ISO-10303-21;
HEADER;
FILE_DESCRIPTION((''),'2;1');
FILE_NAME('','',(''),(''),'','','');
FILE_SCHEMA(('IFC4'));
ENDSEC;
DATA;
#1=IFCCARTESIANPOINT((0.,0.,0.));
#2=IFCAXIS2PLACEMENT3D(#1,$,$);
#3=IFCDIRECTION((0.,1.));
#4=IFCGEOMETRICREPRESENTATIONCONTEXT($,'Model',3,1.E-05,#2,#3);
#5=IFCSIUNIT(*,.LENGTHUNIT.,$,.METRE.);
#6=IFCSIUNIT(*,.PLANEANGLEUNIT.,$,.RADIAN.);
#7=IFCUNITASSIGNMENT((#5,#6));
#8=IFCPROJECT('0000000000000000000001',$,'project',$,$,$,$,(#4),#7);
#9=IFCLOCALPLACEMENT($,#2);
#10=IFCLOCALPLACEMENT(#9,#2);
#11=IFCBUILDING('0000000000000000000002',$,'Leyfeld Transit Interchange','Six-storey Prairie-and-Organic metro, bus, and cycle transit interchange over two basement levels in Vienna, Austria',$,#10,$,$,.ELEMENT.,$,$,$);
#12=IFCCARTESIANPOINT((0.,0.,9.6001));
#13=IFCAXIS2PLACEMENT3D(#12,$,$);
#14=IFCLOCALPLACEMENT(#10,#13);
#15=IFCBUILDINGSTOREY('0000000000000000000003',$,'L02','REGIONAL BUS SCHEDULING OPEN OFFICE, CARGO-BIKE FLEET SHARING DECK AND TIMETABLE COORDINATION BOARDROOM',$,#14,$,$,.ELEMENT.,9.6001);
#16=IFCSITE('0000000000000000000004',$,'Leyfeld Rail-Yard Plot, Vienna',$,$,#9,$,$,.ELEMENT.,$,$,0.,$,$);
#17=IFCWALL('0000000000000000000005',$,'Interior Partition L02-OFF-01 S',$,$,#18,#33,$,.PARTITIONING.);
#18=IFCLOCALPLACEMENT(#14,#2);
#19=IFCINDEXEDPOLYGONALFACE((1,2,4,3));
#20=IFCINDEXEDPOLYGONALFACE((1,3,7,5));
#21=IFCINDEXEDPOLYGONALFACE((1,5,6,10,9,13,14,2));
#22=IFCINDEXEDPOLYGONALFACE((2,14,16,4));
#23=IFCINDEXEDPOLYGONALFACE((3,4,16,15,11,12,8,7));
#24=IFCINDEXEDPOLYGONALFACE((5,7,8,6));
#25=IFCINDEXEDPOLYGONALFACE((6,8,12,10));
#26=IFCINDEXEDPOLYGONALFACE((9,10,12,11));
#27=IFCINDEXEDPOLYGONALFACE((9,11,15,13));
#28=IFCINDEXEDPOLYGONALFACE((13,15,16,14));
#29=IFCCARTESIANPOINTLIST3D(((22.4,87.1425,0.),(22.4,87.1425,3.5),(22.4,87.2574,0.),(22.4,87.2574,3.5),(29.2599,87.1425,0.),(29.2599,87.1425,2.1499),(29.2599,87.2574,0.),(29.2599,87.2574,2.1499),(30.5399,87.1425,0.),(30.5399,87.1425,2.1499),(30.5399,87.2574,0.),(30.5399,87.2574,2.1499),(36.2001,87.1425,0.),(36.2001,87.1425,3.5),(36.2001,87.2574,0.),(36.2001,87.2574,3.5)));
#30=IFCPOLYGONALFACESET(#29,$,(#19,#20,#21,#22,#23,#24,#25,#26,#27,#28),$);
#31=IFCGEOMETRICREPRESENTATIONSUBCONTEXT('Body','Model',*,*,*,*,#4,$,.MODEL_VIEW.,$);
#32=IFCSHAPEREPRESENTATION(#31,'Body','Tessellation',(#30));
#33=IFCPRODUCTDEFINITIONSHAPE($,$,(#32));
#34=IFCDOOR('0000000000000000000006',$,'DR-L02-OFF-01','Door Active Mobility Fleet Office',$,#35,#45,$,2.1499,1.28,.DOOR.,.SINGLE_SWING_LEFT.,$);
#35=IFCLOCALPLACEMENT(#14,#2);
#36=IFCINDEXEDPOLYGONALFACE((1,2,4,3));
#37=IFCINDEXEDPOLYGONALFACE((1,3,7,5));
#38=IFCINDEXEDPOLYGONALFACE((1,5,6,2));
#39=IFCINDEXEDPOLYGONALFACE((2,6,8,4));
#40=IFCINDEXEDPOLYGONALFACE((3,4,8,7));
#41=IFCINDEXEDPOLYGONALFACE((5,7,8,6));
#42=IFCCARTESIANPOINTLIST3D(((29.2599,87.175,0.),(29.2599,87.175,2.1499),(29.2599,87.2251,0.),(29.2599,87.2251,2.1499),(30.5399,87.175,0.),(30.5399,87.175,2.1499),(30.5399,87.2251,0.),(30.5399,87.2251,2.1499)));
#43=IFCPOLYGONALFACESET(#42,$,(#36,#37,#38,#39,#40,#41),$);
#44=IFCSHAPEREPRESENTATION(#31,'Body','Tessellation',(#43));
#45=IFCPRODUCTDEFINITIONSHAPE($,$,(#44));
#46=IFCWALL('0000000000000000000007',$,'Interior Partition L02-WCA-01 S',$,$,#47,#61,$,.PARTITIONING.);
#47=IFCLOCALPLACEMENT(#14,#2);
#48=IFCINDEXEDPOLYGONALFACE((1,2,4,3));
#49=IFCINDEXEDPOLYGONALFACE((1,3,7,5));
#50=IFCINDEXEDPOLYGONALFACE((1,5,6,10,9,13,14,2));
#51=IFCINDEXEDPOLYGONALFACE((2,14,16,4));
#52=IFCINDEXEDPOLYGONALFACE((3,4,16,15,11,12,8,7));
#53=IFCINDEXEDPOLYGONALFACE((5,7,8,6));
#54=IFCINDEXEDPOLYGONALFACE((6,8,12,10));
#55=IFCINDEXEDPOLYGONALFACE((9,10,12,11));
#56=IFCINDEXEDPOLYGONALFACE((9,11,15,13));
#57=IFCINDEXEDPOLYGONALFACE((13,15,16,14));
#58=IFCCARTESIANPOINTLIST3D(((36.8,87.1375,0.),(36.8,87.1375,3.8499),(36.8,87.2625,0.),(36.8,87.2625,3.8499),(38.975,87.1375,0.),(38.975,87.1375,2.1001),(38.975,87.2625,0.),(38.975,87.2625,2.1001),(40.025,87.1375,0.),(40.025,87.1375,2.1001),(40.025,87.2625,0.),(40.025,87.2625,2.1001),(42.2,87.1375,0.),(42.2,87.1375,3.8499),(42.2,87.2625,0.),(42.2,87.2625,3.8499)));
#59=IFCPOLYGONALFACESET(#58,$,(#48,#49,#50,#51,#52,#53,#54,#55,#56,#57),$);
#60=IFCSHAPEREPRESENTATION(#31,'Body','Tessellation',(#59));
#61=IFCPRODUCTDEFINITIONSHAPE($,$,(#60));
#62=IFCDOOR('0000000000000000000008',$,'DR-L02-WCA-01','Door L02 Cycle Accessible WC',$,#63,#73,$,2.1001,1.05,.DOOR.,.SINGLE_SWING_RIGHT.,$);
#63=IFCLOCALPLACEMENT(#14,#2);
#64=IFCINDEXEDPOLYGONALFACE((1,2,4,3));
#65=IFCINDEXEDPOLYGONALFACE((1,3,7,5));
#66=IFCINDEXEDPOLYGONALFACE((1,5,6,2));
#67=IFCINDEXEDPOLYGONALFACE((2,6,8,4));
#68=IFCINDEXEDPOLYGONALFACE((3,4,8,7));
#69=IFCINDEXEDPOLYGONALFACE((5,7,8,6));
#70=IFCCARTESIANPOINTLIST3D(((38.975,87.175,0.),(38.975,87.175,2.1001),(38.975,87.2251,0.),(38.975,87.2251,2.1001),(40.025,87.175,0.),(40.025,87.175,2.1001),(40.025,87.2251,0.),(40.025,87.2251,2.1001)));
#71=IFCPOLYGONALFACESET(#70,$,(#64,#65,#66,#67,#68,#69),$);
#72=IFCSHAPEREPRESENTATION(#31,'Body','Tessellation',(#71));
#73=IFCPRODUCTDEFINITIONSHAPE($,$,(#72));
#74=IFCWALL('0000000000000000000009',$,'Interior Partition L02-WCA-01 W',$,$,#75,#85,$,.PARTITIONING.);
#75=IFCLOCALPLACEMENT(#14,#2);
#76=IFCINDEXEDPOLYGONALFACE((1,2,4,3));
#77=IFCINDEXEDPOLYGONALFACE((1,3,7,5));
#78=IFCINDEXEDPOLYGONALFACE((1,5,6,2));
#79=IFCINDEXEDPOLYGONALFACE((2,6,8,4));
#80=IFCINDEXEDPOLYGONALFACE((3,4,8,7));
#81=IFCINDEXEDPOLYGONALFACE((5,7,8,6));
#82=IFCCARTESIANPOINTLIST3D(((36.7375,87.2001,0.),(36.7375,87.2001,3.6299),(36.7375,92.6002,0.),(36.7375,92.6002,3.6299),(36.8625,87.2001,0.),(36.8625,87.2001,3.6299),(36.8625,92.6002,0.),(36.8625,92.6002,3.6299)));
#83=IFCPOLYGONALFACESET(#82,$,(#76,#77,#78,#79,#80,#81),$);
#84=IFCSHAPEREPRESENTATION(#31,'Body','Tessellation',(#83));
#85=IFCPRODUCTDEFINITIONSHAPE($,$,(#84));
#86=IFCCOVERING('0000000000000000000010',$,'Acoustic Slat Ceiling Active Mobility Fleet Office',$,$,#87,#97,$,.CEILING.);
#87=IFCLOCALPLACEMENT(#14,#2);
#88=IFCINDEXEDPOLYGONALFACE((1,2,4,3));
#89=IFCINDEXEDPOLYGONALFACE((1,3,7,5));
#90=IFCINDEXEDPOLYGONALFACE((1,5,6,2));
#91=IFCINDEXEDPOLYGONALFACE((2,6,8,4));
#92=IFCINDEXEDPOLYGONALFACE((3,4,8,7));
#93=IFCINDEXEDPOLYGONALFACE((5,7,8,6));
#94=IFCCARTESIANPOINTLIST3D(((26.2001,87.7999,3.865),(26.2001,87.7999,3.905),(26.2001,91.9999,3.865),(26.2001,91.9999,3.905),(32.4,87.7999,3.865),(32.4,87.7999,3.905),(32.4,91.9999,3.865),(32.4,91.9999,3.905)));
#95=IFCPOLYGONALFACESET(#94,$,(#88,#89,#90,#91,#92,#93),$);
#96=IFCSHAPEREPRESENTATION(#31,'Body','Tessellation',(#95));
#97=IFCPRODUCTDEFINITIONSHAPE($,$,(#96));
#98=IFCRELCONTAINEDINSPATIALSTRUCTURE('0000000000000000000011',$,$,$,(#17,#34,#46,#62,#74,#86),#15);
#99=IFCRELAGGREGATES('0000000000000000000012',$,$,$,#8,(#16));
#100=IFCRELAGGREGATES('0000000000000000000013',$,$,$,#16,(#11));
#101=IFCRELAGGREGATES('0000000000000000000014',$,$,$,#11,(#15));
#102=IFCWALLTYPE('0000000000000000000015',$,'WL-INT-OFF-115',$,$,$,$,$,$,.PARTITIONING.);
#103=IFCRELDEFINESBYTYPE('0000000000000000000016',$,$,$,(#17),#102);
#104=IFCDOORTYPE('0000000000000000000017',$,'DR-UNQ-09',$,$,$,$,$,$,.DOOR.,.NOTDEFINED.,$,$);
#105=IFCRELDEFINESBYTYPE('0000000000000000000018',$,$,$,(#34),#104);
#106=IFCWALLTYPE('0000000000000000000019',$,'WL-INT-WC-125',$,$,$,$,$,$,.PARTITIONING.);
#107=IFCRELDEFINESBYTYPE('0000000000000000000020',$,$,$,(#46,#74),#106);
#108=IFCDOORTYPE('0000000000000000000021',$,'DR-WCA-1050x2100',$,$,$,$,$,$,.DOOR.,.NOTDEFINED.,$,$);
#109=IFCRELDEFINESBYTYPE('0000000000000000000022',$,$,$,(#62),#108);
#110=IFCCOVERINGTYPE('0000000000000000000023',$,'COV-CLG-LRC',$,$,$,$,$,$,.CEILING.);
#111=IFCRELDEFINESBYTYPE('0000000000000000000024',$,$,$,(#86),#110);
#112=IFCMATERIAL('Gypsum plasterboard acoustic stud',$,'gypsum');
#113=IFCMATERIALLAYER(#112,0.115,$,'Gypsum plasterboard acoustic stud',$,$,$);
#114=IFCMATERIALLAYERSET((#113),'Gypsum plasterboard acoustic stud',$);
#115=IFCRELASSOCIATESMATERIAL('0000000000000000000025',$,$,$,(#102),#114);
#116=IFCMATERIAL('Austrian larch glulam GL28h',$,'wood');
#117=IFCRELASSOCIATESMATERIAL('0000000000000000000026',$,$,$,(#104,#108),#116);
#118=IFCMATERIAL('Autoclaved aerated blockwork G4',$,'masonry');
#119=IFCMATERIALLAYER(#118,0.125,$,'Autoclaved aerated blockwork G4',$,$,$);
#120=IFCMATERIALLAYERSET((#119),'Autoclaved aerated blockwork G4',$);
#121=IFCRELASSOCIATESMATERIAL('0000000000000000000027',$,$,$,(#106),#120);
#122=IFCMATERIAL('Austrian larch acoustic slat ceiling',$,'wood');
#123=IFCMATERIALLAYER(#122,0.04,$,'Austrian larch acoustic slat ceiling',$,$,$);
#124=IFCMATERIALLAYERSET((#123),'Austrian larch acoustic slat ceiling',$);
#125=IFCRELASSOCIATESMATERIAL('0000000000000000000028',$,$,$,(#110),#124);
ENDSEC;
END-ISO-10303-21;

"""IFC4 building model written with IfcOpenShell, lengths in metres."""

from ifc_helpers import new_model, si_unit, direction, frame, frame_2d, origin, origin_2d, place, context, subcontext, project, spatial, rectangle, extrude, material, layer, layer_set, type_object, element, fill, save


model = new_model("IFC4")

# Units and contexts
model_context = context("Model", 3, precision=1e-05, world=origin(), true_north=direction((0.0, 1.0)))
body_context = subcontext(model_context, "Body", "Model", "MODEL_VIEW")
ifc_project = project(units=[si_unit("LENGTHUNIT", "METRE"), si_unit("PLANEANGLEUNIT", "RADIAN")], contexts=[model_context])

# Site, building, storey
site_placement = place(None, origin())
site = spatial("IfcSite", under=ifc_project, at=site_placement, Name="Leyfeld Rail-Yard Plot, Vienna", CompositionType="ELEMENT", RefElevation=0.0)
building_placement = place(site_placement, origin())
building = spatial("IfcBuilding", under=site, at=building_placement, Name="Leyfeld Transit Interchange", Description="Six-storey Prairie-and-Organic metro, bus, and cycle transit interchange over two basement levels in Vienna, Austria", CompositionType="ELEMENT")
storey_placement = place(building_placement, frame((0.0, 0.0, 9.6001)))
storey = spatial("IfcBuildingStorey", under=building, at=storey_placement, Name="L02", Description="REGIONAL BUS SCHEDULING OPEN OFFICE, CARGO-BIKE FLEET SHARING DECK AND TIMETABLE COORDINATION BOARDROOM", CompositionType="ELEMENT", Elevation=9.6001)

# Shared definitions
ifc_material_1 = material(Name="Austrian larch glulam GL28h", Category="wood")

# Walls, openings, doors
ifc_material_2 = material(Name="Gypsum plasterboard acoustic stud", Category="gypsum")
ifc_layer_1 = layer(ifc_material_2, 0.115, Name="Gypsum plasterboard acoustic stud")
ifc_layer_set_1 = layer_set([ifc_layer_1], Name="Gypsum plasterboard acoustic stud")
wall_type_1 = type_object("IfcWallType", Name="WL-INT-OFF-115", PredefinedType="PARTITIONING", material=ifc_layer_set_1)
wall_1_placement = place(storey_placement, frame((36.2, 87.2, 0.0), z_axis=(0.0, 0.0, 1.0), x_axis=(-1.0, 0.0, 0.0)))
wall_1 = element("IfcWall", 1, at=wall_1_placement, inside=storey, type_object=wall_type_1, Name="Interior Partition L02-OFF-01 S", PredefinedType="PARTITIONING", context=body_context, shape_type="SweptSolid", body=[
    extrude(rectangle(XDim=13.8, YDim=0.115, at=frame_2d((6.8999, 0.0))), origin(), (0.0, 0.0, 1.0), 3.5),
])
opening_1_placement = place(wall_1_placement, frame((5.6599, 0.0, 0.0)))
opening_1 = element("IfcOpeningElement", 2, at=opening_1_placement, cuts=wall_1, PredefinedType="OPENING", context=body_context, shape_type="SweptSolid", body=[
    extrude(rectangle(XDim=1.28, YDim=2.1499, at=frame_2d((0.6401, 1.075))), frame((0.0, 0.0674, 0.0), z_axis=(0.0, -1.0, 0.0), x_axis=(1.0, 0.0, 0.0)), (0.0, 0.0, 1.0), 0.135),
])
door_type_1 = type_object("IfcDoorType", Name="DR-UNQ-09", OperationType="NOTDEFINED", PredefinedType="DOOR", material=ifc_material_1)
door_1_placement = place(opening_1_placement, origin())
door_1 = element("IfcDoor", 3, at=door_1_placement, inside=storey, type_object=door_type_1, Name="DR-L02-OFF-01", Description="Door Active Mobility Fleet Office", OperationType="SINGLE_SWING_LEFT", OverallHeight=2.1499, OverallWidth=1.28, PredefinedType="DOOR", context=body_context, shape_type="SweptSolid", body=[
    extrude(rectangle(XDim=1.28, YDim=2.1499, at=frame_2d((0.6401, 1.075))), frame((0.0, 0.0249, 0.0), z_axis=(0.0, -1.0, 0.0), x_axis=(1.0, 0.0, 0.0)), (0.0, 0.0, 1.0), 0.05),
])
fill(opening_1, door_1)
ifc_material_3 = material(Name="Autoclaved aerated blockwork G4", Category="masonry")
ifc_layer_2 = layer(ifc_material_3, 0.125, Name="Autoclaved aerated blockwork G4")
ifc_layer_set_2 = layer_set([ifc_layer_2], Name="Autoclaved aerated blockwork G4")
wall_type_2 = type_object("IfcWallType", Name="WL-INT-WC-125", PredefinedType="PARTITIONING", material=ifc_layer_set_2)
wall_2_placement = place(storey_placement, frame((42.2, 87.2, 0.0), z_axis=(0.0, 0.0, 1.0), x_axis=(-1.0, 0.0, 0.0)))
wall_2 = element("IfcWall", 4, at=wall_2_placement, inside=storey, type_object=wall_type_2, Name="Interior Partition L02-WCA-01 S", PredefinedType="PARTITIONING", context=body_context, shape_type="SweptSolid", body=[
    extrude(rectangle(XDim=5.3999, YDim=0.125, at=frame_2d((2.7, 0.0))), origin(), (0.0, 0.0, 1.0), 3.8499),
])
opening_2_placement = place(wall_2_placement, frame((2.175, 0.0, 0.0)))
opening_2 = element("IfcOpeningElement", 5, at=opening_2_placement, cuts=wall_2, PredefinedType="OPENING", context=body_context, shape_type="SweptSolid", body=[
    extrude(rectangle(XDim=1.05, YDim=2.1001, at=frame_2d((0.5249, 1.05))), frame((0.0, 0.0725, 0.0), z_axis=(0.0, -1.0, 0.0), x_axis=(1.0, 0.0, 0.0)), (0.0, 0.0, 1.0), 0.145),
])
door_type_2 = type_object("IfcDoorType", Name="DR-WCA-1050x2100", OperationType="NOTDEFINED", PredefinedType="DOOR", material=ifc_material_1)
door_2_placement = place(opening_2_placement, origin())
door_2 = element("IfcDoor", 6, at=door_2_placement, inside=storey, type_object=door_type_2, Name="DR-L02-WCA-01", Description="Door L02 Cycle Accessible WC", OperationType="SINGLE_SWING_RIGHT", OverallHeight=2.1001, OverallWidth=1.05, PredefinedType="DOOR", context=body_context, shape_type="SweptSolid", body=[
    extrude(rectangle(XDim=1.05, YDim=2.1001, at=frame_2d((0.5249, 1.05))), frame((0.0, 0.0249, 0.0), z_axis=(0.0, -1.0, 0.0), x_axis=(1.0, 0.0, 0.0)), (0.0, 0.0, 1.0), 0.05),
])
fill(opening_2, door_2)

# Wall
wall_3_placement = place(storey_placement, frame((36.8, 87.2, 0.0), z_axis=(0.0, 0.0, 1.0), x_axis=(0.0, 1.0, 0.0)))
element("IfcWall", 7, at=wall_3_placement, inside=storey, type_object=wall_type_2, Name="Interior Partition L02-WCA-01 W", PredefinedType="PARTITIONING", context=body_context, shape_type="SweptSolid", body=[
    extrude(rectangle(XDim=5.4001, YDim=0.125, at=frame_2d((2.7002, 0.0))), origin(), (0.0, 0.0, 1.0), 3.6299),
])

# Covering
ifc_material_4 = material(Name="Austrian larch acoustic slat ceiling", Category="wood")
ifc_layer_3 = layer(ifc_material_4, 0.04, Name="Austrian larch acoustic slat ceiling")
ifc_layer_set_3 = layer_set([ifc_layer_3], Name="Austrian larch acoustic slat ceiling")
covering_type = type_object("IfcCoveringType", Name="COV-CLG-LRC", PredefinedType="CEILING", material=ifc_layer_set_3)
covering_placement = place(storey_placement, frame((29.3, 89.8999, 3.865), z_axis=(0.0, 0.0, 1.0), x_axis=(1.0, 0.0, 0.0)))
element("IfcCovering", 8, at=covering_placement, inside=storey, type_object=covering_type, Name="Acoustic Slat Ceiling Active Mobility Fleet Office", PredefinedType="CEILING", context=body_context, shape_type="SweptSolid", body=[
    extrude(rectangle(XDim=6.2, YDim=4.2, at=origin_2d()), origin(), (0.0, 0.0, 1.0), 0.04),
])

save(model, "model.ifc")
